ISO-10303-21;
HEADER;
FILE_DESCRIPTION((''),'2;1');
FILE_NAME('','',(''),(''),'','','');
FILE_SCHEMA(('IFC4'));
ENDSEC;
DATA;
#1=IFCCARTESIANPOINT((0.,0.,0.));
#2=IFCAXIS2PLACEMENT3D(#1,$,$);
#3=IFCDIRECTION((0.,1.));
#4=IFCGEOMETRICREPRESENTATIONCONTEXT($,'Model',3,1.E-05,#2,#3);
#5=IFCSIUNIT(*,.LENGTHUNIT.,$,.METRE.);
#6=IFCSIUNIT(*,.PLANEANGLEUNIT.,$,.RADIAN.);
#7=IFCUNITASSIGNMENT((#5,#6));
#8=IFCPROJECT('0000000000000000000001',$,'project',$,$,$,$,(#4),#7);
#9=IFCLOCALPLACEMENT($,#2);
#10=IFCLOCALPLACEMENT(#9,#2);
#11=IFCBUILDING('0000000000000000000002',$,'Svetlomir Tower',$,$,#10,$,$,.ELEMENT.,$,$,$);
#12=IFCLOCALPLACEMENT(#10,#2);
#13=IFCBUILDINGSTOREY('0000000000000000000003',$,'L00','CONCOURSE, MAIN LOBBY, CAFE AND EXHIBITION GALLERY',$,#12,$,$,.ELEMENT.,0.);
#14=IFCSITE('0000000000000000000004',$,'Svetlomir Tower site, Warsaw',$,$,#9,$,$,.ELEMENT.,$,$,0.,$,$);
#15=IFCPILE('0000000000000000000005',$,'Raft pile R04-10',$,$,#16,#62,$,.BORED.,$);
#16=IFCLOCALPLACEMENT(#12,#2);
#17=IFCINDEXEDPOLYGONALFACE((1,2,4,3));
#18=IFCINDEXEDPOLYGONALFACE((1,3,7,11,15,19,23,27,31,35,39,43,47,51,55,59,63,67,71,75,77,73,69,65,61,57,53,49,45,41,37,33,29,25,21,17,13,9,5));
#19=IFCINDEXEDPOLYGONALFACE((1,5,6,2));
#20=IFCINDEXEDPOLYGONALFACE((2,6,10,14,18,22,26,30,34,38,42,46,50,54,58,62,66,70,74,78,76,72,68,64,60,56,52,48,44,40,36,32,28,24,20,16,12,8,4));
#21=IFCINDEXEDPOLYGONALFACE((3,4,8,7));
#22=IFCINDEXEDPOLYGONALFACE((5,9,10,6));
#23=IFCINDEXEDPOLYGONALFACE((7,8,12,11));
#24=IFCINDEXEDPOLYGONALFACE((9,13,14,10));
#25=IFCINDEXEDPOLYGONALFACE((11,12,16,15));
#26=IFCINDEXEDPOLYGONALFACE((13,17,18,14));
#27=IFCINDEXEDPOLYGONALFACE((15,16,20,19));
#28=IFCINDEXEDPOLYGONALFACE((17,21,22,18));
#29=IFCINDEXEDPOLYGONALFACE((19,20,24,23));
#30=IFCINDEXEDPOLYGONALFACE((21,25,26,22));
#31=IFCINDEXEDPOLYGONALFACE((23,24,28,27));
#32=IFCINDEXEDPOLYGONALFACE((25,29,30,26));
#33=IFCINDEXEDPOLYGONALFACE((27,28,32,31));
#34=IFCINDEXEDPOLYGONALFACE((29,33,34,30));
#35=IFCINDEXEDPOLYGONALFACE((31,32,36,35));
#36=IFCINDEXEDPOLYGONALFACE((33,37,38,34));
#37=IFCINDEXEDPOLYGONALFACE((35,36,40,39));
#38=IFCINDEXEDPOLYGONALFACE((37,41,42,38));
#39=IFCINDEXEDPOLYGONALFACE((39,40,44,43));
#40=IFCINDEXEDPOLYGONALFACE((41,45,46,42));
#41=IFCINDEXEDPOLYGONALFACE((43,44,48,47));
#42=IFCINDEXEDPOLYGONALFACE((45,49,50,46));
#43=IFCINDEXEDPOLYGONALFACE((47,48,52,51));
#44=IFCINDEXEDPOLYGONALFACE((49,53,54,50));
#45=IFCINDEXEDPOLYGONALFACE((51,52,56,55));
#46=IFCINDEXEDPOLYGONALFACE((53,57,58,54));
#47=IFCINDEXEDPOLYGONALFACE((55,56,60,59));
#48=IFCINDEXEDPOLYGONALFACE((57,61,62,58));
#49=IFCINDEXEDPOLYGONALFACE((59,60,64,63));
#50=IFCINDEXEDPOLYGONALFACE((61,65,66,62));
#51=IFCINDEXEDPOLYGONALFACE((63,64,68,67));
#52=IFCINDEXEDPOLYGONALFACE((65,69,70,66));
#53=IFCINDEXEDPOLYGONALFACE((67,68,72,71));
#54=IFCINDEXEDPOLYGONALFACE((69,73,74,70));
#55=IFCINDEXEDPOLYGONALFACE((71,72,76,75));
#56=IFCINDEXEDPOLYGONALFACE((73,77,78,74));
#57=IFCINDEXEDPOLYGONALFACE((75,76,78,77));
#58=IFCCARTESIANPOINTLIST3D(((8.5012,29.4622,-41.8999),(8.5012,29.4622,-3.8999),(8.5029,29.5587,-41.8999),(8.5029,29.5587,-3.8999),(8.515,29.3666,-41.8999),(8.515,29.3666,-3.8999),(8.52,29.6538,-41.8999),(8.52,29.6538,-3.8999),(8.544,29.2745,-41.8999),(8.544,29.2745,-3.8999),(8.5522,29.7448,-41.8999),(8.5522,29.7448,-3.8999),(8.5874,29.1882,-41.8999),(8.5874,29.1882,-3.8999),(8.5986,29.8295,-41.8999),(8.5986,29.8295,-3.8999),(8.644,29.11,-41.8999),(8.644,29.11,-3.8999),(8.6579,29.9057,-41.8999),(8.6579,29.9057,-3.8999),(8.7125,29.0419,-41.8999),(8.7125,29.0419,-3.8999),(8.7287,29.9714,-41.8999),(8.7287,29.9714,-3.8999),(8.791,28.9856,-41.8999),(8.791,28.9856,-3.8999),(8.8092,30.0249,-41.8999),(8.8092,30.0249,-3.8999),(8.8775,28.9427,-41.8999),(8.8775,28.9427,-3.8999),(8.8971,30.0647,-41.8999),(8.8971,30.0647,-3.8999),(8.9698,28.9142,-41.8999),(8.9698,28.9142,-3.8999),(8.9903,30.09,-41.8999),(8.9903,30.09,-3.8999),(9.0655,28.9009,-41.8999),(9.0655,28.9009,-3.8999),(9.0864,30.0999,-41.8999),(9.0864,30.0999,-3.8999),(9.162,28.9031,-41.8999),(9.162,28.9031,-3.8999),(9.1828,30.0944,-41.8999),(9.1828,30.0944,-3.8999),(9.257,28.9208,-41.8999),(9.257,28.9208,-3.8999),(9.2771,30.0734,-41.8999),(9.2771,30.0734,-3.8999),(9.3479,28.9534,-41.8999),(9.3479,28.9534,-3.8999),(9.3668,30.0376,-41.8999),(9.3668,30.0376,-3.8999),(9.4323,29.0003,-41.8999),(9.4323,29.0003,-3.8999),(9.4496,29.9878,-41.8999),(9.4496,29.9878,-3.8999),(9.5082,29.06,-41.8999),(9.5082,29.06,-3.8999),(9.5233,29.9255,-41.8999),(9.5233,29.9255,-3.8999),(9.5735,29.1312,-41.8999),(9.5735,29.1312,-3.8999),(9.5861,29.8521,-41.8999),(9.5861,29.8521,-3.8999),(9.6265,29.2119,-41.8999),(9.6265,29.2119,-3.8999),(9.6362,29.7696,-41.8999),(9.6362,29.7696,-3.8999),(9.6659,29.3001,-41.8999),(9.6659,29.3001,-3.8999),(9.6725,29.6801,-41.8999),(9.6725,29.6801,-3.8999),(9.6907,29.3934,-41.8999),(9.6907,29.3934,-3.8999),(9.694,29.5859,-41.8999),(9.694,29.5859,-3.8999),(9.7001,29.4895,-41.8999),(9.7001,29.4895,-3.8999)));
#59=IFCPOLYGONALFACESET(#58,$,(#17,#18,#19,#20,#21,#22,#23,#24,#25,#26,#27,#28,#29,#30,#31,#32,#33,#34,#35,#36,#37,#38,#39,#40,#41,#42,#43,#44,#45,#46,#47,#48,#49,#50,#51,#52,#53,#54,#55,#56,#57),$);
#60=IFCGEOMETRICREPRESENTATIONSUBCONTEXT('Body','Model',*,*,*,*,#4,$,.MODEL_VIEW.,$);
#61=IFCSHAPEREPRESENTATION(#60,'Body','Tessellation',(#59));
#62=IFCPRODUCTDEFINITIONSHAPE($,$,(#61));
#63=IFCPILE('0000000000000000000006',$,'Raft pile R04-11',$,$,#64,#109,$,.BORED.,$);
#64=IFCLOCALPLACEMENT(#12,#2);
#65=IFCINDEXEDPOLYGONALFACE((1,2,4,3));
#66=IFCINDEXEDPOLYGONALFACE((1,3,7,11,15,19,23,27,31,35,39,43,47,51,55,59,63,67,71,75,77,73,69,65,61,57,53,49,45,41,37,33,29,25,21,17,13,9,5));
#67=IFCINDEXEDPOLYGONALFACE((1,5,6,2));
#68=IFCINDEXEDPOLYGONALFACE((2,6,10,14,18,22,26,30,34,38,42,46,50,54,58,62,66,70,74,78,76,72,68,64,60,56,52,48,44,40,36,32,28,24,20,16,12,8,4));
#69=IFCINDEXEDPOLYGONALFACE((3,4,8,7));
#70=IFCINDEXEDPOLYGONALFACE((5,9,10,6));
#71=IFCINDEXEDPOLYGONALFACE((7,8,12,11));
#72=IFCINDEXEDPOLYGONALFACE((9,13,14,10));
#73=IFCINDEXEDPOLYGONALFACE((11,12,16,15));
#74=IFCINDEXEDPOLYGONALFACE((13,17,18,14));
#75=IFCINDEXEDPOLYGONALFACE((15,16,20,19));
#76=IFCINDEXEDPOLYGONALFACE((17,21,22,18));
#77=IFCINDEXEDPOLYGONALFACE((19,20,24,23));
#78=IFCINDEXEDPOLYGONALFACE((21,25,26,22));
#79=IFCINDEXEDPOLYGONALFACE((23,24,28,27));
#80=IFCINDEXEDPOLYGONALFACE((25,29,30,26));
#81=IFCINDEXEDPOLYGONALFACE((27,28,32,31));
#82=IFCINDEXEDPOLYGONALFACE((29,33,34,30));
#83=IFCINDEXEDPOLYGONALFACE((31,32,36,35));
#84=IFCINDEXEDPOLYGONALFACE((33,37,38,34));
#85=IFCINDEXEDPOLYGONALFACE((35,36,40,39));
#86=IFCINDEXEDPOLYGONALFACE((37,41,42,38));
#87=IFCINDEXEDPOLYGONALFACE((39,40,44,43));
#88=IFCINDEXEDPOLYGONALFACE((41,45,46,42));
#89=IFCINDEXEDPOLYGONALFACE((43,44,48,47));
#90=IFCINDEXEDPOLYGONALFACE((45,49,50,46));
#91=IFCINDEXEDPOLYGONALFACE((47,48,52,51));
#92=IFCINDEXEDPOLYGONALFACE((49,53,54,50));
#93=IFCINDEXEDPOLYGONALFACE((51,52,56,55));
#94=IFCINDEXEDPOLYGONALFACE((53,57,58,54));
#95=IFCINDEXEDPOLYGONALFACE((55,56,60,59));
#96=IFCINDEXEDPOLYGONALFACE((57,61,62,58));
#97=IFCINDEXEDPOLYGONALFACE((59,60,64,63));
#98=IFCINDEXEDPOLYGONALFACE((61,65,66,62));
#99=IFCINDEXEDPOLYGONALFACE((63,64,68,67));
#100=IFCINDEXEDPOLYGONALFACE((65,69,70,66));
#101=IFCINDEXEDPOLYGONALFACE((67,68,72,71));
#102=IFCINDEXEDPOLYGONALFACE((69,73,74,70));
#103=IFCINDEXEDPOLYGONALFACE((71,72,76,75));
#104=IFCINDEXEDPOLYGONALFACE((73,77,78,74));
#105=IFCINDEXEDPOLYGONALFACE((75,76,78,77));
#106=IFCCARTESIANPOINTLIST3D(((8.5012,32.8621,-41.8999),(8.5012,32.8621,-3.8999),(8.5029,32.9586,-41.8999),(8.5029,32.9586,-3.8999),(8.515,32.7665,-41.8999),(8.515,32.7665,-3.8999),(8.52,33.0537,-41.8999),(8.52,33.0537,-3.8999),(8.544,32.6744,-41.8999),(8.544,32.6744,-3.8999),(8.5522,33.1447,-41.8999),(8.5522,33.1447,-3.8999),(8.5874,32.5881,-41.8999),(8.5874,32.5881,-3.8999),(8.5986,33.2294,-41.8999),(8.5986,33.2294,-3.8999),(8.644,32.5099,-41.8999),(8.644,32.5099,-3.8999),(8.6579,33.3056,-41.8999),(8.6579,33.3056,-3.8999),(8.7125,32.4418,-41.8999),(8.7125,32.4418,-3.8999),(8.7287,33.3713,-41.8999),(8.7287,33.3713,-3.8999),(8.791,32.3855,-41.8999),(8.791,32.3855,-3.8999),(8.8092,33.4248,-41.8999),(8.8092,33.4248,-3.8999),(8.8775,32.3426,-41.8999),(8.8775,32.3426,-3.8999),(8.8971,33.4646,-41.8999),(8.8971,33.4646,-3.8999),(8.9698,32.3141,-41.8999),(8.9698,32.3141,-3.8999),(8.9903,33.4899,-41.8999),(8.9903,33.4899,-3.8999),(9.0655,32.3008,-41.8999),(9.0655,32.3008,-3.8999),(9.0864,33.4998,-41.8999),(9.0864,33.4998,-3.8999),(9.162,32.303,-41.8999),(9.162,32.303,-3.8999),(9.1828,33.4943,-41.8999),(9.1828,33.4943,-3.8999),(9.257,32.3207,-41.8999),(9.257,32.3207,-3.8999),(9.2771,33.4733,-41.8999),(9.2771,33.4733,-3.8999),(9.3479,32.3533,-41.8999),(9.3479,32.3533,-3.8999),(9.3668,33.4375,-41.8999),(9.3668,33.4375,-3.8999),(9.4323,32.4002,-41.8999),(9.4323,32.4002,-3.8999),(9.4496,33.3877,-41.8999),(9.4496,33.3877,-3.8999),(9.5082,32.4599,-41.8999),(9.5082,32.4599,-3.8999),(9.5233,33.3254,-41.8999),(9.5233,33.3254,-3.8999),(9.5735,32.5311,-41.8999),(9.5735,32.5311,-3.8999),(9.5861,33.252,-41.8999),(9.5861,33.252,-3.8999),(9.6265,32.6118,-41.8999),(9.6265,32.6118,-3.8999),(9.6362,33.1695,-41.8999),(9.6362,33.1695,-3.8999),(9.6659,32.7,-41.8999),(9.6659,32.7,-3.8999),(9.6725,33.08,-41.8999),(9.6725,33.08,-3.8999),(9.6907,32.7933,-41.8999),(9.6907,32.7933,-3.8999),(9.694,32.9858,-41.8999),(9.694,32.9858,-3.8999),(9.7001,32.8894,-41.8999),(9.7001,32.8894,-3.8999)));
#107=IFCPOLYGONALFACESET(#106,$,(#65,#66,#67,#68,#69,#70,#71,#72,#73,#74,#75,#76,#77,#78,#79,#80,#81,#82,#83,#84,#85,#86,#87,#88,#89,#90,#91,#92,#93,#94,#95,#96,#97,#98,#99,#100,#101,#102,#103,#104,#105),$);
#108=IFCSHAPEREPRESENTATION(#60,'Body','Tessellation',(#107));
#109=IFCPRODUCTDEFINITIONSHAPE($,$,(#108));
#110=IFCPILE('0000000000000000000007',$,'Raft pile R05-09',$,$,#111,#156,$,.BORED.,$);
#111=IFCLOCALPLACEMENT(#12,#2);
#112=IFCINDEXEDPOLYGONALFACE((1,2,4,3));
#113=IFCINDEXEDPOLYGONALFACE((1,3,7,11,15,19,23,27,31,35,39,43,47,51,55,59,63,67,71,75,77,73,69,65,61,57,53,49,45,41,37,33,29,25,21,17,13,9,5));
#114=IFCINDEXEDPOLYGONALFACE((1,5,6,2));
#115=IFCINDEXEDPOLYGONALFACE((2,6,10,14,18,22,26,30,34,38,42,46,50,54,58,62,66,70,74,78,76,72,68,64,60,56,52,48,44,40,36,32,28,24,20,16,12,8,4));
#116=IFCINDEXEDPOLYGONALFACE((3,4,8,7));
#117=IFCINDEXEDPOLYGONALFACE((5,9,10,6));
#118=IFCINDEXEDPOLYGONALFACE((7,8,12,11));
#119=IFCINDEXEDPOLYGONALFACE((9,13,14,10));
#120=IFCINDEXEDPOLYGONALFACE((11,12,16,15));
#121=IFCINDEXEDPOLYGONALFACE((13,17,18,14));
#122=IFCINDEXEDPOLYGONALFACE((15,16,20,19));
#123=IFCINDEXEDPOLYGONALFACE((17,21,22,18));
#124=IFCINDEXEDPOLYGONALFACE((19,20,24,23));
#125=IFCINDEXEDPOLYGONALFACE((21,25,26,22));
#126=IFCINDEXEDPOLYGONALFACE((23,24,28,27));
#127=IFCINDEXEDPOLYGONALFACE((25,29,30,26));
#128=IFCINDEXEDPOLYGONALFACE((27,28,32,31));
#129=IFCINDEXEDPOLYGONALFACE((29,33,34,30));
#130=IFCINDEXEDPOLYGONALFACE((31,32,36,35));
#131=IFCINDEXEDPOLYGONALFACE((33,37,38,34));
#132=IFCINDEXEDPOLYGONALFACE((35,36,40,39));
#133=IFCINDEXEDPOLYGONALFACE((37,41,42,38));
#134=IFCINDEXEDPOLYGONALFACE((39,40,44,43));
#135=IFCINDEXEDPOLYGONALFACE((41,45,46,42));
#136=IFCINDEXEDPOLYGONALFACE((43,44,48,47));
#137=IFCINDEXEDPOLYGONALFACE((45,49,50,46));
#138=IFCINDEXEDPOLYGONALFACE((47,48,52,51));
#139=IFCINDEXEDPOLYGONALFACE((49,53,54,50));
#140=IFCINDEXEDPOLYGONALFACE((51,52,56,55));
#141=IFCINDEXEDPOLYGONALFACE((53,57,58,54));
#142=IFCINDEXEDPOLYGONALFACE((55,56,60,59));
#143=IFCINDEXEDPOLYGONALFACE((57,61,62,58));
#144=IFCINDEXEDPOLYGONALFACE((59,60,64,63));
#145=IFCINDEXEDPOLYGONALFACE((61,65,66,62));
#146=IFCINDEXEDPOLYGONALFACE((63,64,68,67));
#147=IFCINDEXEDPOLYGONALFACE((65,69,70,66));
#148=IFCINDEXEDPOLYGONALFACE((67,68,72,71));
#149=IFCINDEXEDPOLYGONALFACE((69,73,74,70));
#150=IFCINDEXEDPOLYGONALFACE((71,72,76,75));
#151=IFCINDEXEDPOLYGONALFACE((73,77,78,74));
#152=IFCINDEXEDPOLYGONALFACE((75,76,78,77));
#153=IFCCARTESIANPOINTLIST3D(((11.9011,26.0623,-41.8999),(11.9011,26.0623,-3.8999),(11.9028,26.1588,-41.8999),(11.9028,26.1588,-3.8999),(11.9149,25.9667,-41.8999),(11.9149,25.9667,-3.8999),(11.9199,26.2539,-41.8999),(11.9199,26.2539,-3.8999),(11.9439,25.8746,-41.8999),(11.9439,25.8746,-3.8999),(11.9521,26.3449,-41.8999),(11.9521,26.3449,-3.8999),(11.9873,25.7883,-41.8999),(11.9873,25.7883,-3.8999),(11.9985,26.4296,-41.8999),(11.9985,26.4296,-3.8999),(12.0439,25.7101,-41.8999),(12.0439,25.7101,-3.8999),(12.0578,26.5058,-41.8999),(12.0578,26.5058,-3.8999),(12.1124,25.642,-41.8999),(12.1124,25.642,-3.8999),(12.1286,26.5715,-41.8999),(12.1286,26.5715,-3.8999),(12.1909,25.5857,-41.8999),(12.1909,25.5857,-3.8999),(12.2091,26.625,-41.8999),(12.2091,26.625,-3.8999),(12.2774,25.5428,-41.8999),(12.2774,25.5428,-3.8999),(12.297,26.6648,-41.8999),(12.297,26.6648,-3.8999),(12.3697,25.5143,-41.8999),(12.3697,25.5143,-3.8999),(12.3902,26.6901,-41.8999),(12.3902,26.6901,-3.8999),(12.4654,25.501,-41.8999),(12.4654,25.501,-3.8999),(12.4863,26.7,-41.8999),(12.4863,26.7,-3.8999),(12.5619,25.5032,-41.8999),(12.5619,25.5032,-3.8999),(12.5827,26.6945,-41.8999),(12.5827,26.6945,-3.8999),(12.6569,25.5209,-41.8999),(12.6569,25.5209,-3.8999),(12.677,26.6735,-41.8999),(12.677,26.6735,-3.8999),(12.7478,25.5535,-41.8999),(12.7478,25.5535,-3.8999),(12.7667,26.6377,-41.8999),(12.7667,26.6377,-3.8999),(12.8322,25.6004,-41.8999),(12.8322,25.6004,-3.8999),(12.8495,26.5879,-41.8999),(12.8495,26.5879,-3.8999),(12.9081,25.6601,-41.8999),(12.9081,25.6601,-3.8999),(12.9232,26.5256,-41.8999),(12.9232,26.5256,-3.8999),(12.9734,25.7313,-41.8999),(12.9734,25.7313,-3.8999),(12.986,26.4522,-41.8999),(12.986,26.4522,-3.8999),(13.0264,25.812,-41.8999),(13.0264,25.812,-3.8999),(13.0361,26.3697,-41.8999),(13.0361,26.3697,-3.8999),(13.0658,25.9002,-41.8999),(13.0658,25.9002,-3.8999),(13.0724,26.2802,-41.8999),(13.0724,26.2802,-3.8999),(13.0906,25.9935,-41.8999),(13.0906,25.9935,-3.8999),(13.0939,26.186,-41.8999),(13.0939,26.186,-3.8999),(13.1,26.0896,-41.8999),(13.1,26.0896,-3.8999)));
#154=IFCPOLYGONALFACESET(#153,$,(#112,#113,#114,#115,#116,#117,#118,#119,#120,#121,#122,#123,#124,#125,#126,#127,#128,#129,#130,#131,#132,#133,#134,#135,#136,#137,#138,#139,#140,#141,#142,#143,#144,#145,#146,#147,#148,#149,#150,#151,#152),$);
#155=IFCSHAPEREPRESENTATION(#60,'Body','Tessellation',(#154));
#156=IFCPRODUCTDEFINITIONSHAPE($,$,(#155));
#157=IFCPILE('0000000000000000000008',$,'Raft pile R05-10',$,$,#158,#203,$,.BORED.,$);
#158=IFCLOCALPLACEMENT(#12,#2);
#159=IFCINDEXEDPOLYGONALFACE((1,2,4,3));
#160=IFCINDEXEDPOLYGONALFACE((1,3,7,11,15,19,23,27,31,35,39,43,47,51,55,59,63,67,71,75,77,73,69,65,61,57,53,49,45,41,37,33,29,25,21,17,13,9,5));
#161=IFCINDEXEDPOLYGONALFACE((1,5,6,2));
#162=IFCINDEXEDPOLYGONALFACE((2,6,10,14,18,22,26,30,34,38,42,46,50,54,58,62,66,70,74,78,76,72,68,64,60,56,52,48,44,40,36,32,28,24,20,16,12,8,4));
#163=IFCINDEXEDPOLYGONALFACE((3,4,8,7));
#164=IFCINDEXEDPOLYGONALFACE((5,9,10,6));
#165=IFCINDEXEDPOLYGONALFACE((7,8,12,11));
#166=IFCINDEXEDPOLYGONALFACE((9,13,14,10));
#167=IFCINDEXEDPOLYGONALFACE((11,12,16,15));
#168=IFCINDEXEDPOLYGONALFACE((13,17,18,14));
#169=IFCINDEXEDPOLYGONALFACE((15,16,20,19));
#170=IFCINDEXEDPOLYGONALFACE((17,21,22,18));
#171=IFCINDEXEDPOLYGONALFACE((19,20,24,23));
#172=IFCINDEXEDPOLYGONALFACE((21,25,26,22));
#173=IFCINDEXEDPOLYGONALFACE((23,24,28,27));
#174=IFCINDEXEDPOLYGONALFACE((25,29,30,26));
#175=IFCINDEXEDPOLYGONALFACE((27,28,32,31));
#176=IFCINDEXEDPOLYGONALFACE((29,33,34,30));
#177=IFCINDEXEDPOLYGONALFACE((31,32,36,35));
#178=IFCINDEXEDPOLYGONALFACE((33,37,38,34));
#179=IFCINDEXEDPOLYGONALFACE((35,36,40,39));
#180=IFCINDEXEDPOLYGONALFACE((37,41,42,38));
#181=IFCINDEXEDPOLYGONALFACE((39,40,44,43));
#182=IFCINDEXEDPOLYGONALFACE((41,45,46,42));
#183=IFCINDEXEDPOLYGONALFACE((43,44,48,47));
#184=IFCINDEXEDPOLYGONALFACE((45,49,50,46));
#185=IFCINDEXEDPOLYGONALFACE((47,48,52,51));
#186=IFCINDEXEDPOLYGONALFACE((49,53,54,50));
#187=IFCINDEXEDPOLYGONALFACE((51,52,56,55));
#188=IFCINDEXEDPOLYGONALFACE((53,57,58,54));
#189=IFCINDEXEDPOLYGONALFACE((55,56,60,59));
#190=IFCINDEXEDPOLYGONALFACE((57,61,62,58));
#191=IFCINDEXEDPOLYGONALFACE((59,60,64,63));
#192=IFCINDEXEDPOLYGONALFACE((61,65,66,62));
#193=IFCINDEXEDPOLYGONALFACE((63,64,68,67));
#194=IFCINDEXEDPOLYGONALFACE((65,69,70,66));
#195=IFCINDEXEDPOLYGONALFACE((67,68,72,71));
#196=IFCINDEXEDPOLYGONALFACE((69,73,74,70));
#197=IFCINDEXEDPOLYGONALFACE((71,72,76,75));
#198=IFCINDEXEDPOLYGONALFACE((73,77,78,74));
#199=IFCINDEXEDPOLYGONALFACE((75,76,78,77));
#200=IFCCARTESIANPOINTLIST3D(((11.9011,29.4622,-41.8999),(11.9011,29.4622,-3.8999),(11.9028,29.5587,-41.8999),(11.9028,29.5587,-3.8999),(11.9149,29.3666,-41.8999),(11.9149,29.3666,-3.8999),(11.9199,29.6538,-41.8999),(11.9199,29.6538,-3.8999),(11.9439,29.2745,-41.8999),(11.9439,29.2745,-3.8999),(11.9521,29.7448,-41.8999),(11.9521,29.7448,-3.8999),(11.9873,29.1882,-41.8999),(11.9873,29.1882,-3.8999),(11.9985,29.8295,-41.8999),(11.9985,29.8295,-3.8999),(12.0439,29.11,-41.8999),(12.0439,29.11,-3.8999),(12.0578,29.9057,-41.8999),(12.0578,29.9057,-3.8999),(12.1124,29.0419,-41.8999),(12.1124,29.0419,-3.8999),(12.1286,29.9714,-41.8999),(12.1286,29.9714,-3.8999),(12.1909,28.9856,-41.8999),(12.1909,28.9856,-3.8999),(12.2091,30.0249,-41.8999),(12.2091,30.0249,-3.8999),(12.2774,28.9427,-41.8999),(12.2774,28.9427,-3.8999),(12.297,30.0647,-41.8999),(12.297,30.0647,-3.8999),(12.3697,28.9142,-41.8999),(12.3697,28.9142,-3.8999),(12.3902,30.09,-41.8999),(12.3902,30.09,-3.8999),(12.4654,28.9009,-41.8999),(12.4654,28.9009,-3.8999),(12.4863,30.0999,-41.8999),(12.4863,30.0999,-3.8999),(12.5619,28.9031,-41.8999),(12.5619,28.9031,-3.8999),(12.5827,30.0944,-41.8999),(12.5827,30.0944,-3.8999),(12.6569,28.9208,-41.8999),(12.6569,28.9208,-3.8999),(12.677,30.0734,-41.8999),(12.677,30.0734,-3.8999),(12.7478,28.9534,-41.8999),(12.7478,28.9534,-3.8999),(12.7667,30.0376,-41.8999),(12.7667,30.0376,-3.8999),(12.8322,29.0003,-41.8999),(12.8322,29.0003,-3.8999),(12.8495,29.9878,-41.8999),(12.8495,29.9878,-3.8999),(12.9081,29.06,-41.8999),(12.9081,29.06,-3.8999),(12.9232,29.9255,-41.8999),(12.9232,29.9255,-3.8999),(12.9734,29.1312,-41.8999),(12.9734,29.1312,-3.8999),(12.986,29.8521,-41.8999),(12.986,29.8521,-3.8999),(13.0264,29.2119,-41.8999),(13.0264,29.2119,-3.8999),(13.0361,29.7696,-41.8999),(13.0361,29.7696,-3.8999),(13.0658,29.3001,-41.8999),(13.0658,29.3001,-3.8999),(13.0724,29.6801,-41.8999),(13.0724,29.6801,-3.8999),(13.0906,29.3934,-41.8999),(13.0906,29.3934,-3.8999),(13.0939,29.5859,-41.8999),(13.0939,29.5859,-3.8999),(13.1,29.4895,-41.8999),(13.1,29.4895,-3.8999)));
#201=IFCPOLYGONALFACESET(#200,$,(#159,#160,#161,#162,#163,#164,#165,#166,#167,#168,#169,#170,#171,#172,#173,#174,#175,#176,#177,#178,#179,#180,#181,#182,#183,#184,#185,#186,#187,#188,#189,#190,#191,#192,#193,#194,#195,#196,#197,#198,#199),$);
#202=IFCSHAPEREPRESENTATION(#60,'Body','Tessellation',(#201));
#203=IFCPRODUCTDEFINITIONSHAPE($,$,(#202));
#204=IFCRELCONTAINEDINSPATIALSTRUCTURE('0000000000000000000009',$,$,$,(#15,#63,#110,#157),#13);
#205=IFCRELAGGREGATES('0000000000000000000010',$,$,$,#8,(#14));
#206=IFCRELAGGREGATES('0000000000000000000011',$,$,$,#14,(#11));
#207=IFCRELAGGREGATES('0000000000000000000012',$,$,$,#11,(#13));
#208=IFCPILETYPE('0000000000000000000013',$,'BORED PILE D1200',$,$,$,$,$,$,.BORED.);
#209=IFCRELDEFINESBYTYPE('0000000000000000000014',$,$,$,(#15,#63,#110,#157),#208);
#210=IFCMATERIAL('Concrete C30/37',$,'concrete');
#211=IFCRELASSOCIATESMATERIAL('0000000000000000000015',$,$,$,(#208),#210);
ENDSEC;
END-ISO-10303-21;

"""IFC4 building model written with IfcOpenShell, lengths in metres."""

from ifc_helpers import new_model, si_unit, direction, frame, frame_2d, origin, origin_2d, place, context, subcontext, project, spatial, circle, extrude, material, material_profile, profile_set, type_object, element, save


model = new_model("IFC4")

# Units and contexts
model_context = context("Model", 3, precision=1e-05, world=origin(), true_north=direction((0.0, 1.0)))
body_context = subcontext(model_context, "Body", "Model", "MODEL_VIEW")
ifc_project = project(units=[si_unit("LENGTHUNIT", "METRE"), si_unit("PLANEANGLEUNIT", "RADIAN")], contexts=[model_context])

# Site, building, storey
site_placement = place(None, origin())
site = spatial("IfcSite", under=ifc_project, at=site_placement, Name="Svetlomir Tower site, Warsaw", CompositionType="ELEMENT", RefElevation=0.0)
building_placement = place(site_placement, origin())
building = spatial("IfcBuilding", under=site, at=building_placement, Name="Svetlomir Tower", CompositionType="ELEMENT")
storey_placement = place(building_placement, origin())
storey = spatial("IfcBuildingStorey", under=building, at=storey_placement, Name="L00", Description="CONCOURSE, MAIN LOBBY, CAFE AND EXHIBITION GALLERY", CompositionType="ELEMENT", Elevation=0.0)

# Piles
ifc_material_1 = material(Name="Concrete C30/37", Category="concrete")
ifc_material_profile_1 = material_profile(ifc_material_1, circle(Radius=0.6001, at=origin_2d()), Name="D1200")
ifc_profile_set_1 = profile_set([ifc_material_profile_1], Name="Concrete C30/37")
pile_type = type_object("IfcPileType", Name="BORED PILE D1200", PredefinedType="BORED", material=ifc_profile_set_1)
for number, where, z_axis, x_axis, name in (
    (1, (9.1001, 29.5, -3.8999), (0.0, 0.0, -1.0), (1.0, 0.0, 0.0), "Raft pile R04-10"),
    (2, (9.1001, 32.8999, -3.8999), (0.0, 0.0, -1.0), (1.0, 0.0, 0.0), "Raft pile R04-11"),
    (3, (12.5, 26.1001, -3.8999), (0.0, 0.0, -1.0), (1.0, 0.0, 0.0), "Raft pile R05-09"),
    (4, (12.5, 29.5, -3.8999), (0.0, 0.0, -1.0), (1.0, 0.0, 0.0), "Raft pile R05-10"),
):
    element("IfcPile", number, at=place(storey_placement, frame(where, z_axis=z_axis, x_axis=x_axis)), inside=storey, type_object=pile_type, Name=name, PredefinedType="BORED", context=body_context, shape_type="SweptSolid", body=[
        extrude(circle(Radius=0.6001, at=frame_2d((0.0, 0.0), x_axis=(0.999848, 0.017452))), origin(), (0.0, 0.0, 1.0), 38.0),
    ])

save(model, "model.ifc")
